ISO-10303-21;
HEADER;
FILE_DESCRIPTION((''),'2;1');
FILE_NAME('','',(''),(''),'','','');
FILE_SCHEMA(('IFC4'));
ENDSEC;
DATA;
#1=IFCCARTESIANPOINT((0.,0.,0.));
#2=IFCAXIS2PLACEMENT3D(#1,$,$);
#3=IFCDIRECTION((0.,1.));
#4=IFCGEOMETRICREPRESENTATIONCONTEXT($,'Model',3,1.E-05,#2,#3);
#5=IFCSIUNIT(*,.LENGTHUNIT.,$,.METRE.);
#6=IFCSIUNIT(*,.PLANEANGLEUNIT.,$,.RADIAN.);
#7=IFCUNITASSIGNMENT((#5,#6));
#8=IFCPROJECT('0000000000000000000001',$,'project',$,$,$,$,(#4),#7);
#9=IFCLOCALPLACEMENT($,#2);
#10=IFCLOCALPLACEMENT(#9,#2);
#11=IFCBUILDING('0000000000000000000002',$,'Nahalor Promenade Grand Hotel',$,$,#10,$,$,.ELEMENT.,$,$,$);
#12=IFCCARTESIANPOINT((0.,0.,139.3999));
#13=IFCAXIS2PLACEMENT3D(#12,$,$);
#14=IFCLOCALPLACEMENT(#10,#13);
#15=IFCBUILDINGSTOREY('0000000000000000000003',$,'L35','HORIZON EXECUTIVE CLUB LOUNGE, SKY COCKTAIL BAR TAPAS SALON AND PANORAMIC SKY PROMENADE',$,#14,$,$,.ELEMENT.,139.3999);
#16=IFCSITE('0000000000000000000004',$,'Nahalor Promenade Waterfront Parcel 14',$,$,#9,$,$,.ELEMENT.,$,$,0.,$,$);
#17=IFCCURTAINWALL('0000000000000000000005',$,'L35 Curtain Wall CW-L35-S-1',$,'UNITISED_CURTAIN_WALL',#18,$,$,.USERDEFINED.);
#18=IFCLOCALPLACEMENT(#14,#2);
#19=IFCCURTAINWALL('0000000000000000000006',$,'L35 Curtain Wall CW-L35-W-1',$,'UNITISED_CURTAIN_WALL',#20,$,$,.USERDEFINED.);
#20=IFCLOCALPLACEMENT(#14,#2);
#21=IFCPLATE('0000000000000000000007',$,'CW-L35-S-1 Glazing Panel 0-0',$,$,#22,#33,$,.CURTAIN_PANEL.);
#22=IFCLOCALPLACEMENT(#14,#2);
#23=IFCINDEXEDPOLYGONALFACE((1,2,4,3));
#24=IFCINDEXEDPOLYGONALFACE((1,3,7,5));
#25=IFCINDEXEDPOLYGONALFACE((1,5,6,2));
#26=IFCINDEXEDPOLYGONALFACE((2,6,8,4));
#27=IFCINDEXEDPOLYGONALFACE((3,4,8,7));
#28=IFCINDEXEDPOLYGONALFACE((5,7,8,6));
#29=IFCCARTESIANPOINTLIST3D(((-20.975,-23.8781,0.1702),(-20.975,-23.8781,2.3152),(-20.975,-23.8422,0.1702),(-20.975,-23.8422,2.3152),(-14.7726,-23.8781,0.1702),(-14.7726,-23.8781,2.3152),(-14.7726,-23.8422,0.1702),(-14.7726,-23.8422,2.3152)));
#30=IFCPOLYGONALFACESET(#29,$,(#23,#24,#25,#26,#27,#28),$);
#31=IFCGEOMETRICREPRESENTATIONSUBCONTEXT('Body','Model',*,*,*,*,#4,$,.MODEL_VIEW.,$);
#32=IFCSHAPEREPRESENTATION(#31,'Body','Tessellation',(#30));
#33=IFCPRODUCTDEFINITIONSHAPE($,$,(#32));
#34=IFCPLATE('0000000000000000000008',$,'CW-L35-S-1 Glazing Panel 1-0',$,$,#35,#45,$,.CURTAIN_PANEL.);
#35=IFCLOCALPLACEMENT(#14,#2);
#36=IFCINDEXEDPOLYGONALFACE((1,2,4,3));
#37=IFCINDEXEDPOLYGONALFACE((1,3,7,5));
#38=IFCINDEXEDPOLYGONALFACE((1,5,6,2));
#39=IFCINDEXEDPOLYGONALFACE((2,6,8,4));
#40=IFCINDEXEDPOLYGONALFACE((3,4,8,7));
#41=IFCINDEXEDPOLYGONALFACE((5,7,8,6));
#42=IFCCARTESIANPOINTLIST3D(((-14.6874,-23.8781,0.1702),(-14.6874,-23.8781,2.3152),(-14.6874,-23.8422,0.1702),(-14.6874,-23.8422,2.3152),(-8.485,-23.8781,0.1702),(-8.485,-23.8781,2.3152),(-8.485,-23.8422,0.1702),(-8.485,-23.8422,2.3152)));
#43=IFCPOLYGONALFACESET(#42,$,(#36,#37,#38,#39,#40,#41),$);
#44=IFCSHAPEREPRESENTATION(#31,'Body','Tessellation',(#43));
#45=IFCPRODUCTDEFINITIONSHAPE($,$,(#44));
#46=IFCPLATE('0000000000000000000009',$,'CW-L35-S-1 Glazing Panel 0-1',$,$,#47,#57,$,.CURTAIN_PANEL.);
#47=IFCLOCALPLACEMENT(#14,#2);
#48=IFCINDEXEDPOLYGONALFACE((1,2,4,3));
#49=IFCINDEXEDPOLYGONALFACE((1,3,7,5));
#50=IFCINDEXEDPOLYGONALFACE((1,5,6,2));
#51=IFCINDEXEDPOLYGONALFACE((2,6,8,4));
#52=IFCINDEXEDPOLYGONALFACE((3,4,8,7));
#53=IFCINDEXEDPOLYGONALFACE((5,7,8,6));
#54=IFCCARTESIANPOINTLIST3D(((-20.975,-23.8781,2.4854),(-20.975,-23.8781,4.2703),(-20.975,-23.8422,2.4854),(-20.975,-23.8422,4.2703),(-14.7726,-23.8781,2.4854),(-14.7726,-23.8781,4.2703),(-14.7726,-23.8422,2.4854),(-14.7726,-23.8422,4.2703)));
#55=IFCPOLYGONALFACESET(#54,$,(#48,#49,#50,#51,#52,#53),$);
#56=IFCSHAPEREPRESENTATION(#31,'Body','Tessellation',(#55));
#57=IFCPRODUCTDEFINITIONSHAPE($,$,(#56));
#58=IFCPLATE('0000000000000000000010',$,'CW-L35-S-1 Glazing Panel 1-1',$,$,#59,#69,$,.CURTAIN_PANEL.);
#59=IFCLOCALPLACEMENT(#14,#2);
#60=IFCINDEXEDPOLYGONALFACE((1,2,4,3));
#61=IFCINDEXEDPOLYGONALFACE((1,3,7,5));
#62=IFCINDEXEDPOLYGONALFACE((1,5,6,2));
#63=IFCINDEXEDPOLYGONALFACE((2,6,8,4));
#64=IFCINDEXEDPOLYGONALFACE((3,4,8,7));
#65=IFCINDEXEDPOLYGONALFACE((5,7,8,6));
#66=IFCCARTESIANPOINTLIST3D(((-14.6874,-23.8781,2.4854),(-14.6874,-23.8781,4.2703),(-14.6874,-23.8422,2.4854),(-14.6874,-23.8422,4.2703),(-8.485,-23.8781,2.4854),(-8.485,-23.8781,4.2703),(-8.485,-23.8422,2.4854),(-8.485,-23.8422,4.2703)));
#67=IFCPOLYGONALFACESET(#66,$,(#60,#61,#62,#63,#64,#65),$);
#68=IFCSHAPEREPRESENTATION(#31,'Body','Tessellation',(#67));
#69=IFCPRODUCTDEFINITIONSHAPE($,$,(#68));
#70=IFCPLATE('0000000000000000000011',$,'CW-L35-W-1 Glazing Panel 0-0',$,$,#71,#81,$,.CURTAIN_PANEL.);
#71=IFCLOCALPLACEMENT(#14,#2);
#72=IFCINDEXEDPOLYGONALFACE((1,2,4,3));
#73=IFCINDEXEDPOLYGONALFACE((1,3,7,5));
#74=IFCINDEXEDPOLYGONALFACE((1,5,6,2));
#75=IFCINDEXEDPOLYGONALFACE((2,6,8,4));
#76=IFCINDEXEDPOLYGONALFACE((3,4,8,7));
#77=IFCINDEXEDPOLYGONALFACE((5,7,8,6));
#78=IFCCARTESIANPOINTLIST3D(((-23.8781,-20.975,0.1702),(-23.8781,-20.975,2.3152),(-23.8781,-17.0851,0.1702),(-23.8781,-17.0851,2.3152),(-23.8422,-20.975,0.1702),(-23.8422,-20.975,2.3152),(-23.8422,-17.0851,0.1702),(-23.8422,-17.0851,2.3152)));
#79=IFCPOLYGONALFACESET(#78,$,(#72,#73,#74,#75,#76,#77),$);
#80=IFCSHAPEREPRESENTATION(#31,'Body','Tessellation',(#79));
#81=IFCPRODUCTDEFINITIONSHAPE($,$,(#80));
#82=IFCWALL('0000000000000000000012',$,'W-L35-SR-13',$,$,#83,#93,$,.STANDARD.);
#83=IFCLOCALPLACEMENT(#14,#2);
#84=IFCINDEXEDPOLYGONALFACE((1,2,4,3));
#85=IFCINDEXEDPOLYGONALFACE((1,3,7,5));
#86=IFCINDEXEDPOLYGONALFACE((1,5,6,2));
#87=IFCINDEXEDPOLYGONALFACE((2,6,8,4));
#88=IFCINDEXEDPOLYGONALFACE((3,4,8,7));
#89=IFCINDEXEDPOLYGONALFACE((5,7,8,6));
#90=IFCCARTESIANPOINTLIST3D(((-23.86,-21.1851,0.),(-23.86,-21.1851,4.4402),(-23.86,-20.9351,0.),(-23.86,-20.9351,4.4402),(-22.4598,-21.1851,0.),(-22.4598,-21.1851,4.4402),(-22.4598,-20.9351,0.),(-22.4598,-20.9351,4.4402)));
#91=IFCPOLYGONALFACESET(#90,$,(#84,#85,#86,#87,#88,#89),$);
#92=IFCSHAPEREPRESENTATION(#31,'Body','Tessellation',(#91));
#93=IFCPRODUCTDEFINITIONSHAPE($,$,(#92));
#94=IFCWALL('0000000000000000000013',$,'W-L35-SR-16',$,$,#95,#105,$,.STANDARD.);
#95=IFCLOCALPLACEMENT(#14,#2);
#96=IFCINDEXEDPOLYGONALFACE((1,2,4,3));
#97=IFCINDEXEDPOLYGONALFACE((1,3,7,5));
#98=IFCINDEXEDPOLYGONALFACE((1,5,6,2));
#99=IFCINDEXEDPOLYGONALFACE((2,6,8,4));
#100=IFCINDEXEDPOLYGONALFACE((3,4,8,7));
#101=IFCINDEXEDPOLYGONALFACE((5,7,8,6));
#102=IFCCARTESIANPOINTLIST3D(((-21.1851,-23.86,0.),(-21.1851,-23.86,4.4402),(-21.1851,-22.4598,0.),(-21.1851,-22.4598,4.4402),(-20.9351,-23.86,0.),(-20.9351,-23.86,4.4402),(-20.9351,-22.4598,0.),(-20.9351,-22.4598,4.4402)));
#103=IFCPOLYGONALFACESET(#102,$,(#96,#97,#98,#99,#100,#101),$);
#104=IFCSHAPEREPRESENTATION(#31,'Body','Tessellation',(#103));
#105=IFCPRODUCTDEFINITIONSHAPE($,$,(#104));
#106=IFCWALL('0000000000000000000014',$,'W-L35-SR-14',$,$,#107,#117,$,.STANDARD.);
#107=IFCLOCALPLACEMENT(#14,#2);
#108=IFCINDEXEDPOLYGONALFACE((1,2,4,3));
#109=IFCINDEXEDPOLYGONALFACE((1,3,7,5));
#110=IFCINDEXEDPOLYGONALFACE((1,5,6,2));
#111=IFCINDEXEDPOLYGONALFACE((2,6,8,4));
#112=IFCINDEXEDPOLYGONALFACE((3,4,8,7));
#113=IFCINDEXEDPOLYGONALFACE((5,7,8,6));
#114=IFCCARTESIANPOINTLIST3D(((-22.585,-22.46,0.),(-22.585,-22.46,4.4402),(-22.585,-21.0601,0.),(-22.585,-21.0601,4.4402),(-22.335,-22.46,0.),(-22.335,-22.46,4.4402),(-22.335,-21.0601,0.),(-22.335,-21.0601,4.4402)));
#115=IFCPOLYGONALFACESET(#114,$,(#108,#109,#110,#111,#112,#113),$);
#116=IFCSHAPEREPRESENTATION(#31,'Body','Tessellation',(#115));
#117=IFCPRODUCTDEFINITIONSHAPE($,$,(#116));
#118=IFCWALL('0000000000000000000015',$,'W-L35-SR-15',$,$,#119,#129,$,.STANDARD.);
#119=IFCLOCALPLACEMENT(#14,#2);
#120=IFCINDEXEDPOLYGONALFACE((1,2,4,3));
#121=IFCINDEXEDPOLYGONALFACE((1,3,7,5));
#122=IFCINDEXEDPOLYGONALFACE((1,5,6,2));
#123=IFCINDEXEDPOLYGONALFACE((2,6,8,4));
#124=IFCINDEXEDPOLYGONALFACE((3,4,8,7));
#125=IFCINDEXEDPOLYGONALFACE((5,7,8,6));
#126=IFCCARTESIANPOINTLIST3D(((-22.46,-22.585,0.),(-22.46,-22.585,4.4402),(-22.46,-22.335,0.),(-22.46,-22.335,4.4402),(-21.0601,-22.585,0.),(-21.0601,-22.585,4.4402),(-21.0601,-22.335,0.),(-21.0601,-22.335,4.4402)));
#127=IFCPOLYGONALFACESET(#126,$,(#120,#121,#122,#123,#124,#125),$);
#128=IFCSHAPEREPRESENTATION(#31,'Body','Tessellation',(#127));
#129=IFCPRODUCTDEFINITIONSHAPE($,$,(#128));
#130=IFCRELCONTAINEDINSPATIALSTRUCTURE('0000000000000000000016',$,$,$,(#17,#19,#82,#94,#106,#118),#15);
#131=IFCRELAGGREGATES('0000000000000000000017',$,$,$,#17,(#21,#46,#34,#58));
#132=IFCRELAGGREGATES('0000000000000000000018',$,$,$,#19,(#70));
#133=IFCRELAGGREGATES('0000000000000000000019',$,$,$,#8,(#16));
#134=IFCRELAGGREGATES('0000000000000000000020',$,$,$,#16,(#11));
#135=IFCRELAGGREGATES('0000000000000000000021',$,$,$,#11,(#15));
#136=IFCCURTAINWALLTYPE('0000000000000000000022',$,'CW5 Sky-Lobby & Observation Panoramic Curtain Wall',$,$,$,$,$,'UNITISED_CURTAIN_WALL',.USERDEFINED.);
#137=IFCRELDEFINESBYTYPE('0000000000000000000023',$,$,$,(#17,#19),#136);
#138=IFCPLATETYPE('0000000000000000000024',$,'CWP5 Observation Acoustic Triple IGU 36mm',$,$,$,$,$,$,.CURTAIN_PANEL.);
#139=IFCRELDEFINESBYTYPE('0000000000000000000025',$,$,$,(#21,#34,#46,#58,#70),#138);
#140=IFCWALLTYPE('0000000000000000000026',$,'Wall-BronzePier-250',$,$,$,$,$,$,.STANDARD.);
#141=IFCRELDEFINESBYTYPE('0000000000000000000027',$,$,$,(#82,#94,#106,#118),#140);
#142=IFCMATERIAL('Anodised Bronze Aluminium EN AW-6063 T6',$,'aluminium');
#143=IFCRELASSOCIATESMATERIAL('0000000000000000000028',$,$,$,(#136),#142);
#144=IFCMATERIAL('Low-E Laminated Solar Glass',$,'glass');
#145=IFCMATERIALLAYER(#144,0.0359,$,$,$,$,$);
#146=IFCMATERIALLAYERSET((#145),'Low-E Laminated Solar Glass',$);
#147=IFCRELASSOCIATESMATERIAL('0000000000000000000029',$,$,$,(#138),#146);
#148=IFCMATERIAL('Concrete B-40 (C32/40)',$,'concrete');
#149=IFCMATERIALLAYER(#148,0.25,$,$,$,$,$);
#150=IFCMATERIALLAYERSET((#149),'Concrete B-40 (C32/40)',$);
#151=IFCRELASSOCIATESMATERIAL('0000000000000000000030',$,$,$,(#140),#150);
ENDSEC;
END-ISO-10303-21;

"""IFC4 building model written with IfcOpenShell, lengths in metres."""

from ifc_helpers import new_model, si_unit, direction, frame, frame_2d, origin, origin_2d, place, context, subcontext, project, spatial, rectangle, extrude, source, transform, mapped, material, layer, layer_set, type_object, element, aggregate, save


model = new_model("IFC4")

# Units and contexts
model_context = context("Model", 3, precision=1e-05, world=origin(), true_north=direction((0.0, 1.0)))
body_context = subcontext(model_context, "Body", "Model", "MODEL_VIEW")
ifc_project = project(units=[si_unit("LENGTHUNIT", "METRE"), si_unit("PLANEANGLEUNIT", "RADIAN")], contexts=[model_context])

# Site, building, storey
site_placement = place(None, origin())
site = spatial("IfcSite", under=ifc_project, at=site_placement, Name="Nahalor Promenade Waterfront Parcel 14", CompositionType="ELEMENT", RefElevation=0.0)
building_placement = place(site_placement, origin())
building = spatial("IfcBuilding", under=site, at=building_placement, Name="Nahalor Promenade Grand Hotel", CompositionType="ELEMENT")
storey_placement = place(building_placement, frame((0.0, 0.0, 139.3999)))
storey = spatial("IfcBuildingStorey", under=building, at=storey_placement, Name="L35", Description="HORIZON EXECUTIVE CLUB LOUNGE, SKY COCKTAIL BAR TAPAS SALON AND PANORAMIC SKY PROMENADE", CompositionType="ELEMENT", Elevation=139.3999)

# Curtain wall
ifc_material_1 = material(Name="Anodised Bronze Aluminium EN AW-6063 T6", Category="aluminium")
curtain_wall_type = type_object("IfcCurtainWallType", Name="CW5 Sky-Lobby & Observation Panoramic Curtain Wall", ElementType="UNITISED_CURTAIN_WALL", PredefinedType="USERDEFINED", material=ifc_material_1)
curtain_wall_1_placement = place(storey_placement, origin())
curtain_wall_1 = element("IfcCurtainWall", 1, at=curtain_wall_1_placement, inside=storey, type_object=curtain_wall_type, Name="L35 Curtain Wall CW-L35-S-1", ObjectType="UNITISED_CURTAIN_WALL", PredefinedType="USERDEFINED")

# Curtain wall
curtain_wall_2_placement = place(storey_placement, origin())
curtain_wall_2 = element("IfcCurtainWall", 2, at=curtain_wall_2_placement, inside=storey, type_object=curtain_wall_type, Name="L35 Curtain Wall CW-L35-W-1", ObjectType="UNITISED_CURTAIN_WALL", PredefinedType="USERDEFINED")

# Plates
ifc_material_2 = material(Name="Low-E Laminated Solar Glass", Category="glass")
ifc_layer_1 = layer(ifc_material_2, 0.0359)
ifc_layer_set_1 = layer_set([ifc_layer_1], Name="Low-E Laminated Solar Glass")
plate_type = type_object("IfcPlateType", Name="CWP5 Observation Acoustic Triple IGU 36mm", PredefinedType="CURTAIN_PANEL", material=ifc_layer_set_1)
shared_shape_1 = source(origin(), body_context, "Body", "SweptSolid", [
    extrude(rectangle(XDim=6.2024, YDim=0.0359, at=origin_2d()), origin(), (0.0, 0.0, 1.0), 2.145),
])
plate_1_placement = place(storey_placement, frame((-17.8738, -23.8601, 0.1702), z_axis=(0.0, 0.0, 1.0), x_axis=(1.0, 0.0, 0.0)))
plate_1 = element("IfcPlate", 3, at=plate_1_placement, type_object=plate_type, Name="CW-L35-S-1 Glazing Panel 0-0", PredefinedType="CURTAIN_PANEL", context=body_context, shape_type="MappedRepresentation", body=[
    mapped(shared_shape_1, transform((0.0, 0.0, 0.0), scale=1.0)),
])
plate_2_placement = place(storey_placement, frame((-11.5862, -23.8601, 0.1702), z_axis=(0.0, 0.0, 1.0), x_axis=(1.0, 0.0, 0.0)))
plate_2 = element("IfcPlate", 4, at=plate_2_placement, type_object=plate_type, Name="CW-L35-S-1 Glazing Panel 1-0", PredefinedType="CURTAIN_PANEL", context=body_context, shape_type="MappedRepresentation", body=[
    mapped(shared_shape_1, transform((0.0, 0.0, 0.0), scale=1.0)),
])
shared_shape_2 = source(origin(), body_context, "Body", "SweptSolid", [
    extrude(rectangle(XDim=6.2024, YDim=0.0359, at=origin_2d()), origin(), (0.0, 0.0, 1.0), 1.7849),
])
plate_3_placement = place(storey_placement, frame((-17.8738, -23.8601, 2.4854), z_axis=(0.0, 0.0, 1.0), x_axis=(1.0, 0.0, 0.0)))
plate_3 = element("IfcPlate", 5, at=plate_3_placement, type_object=plate_type, Name="CW-L35-S-1 Glazing Panel 0-1", PredefinedType="CURTAIN_PANEL", context=body_context, shape_type="MappedRepresentation", body=[
    mapped(shared_shape_2, transform((0.0, 0.0, 0.0), scale=1.0)),
])
plate_4_placement = place(storey_placement, frame((-11.5862, -23.8601, 2.4854), z_axis=(0.0, 0.0, 1.0), x_axis=(1.0, 0.0, 0.0)))
plate_4 = element("IfcPlate", 6, at=plate_4_placement, type_object=plate_type, Name="CW-L35-S-1 Glazing Panel 1-1", PredefinedType="CURTAIN_PANEL", context=body_context, shape_type="MappedRepresentation", body=[
    mapped(shared_shape_2, transform((0.0, 0.0, 0.0), scale=1.0)),
])
aggregate(curtain_wall_1, [plate_1, plate_3, plate_2, plate_4])
shared_shape_3 = source(origin(), body_context, "Body", "SweptSolid", [
    extrude(rectangle(XDim=3.8899, YDim=0.0359, at=origin_2d()), origin(), (0.0, 0.0, 1.0), 2.145),
])
plate_5_placement = place(storey_placement, frame((-23.8601, -19.03, 0.1702), z_axis=(0.0, 0.0, 1.0), x_axis=(0.0, 1.0, 0.0)))
plate_5 = element("IfcPlate", 7, at=plate_5_placement, type_object=plate_type, Name="CW-L35-W-1 Glazing Panel 0-0", PredefinedType="CURTAIN_PANEL", context=body_context, shape_type="MappedRepresentation", body=[
    mapped(shared_shape_3, transform((0.0, 0.0, 0.0), scale=1.0)),
])
aggregate(curtain_wall_2, [plate_5])

# Walls
ifc_material_3 = material(Name="Concrete B-40 (C32/40)", Category="concrete")
ifc_layer_2 = layer(ifc_material_3, 0.25)
ifc_layer_set_2 = layer_set([ifc_layer_2], Name="Concrete B-40 (C32/40)")
wall_type = type_object("IfcWallType", Name="Wall-BronzePier-250", PredefinedType="STANDARD", material=ifc_layer_set_2)
shared_shape_4 = source(origin(), body_context, "Body", "SweptSolid", [
    extrude(rectangle(XDim=1.4001, YDim=0.25, at=frame_2d((0.7002, 0.0))), origin(), (0.0, 0.0, 1.0), 4.4402),
])
for number, where, z_axis, x_axis, name in (
    (8, (-23.8601, -21.0601, 0.0), (0.0, 0.0, 1.0), (1.0, 0.0, 0.0), "W-L35-SR-13"),
    (9, (-21.0601, -23.8601, 0.0), (0.0, 0.0, 1.0), (0.0, 1.0, 0.0), "W-L35-SR-16"),
):
    element("IfcWall", number, at=place(storey_placement, frame(where, z_axis=z_axis, x_axis=x_axis)), inside=storey, type_object=wall_type, Name=name, PredefinedType="STANDARD", context=body_context, shape_type="MappedRepresentation", body=[
        mapped(shared_shape_4, transform((0.0, 0.0, 0.0), scale=1.0)),
    ])
shared_shape_5 = source(origin(), body_context, "Body", "SweptSolid", [
    extrude(rectangle(XDim=1.3999, YDim=0.25, at=frame_2d((0.7, 0.0))), origin(), (0.0, 0.0, 1.0), 4.4402),
])
for number, where, z_axis, x_axis, name in (
    (10, (-22.46, -22.46, 0.0), (0.0, 0.0, 1.0), (0.0, 1.0, 0.0), "W-L35-SR-14"),
    (11, (-22.46, -22.46, 0.0), (0.0, 0.0, 1.0), (1.0, 0.0, 0.0), "W-L35-SR-15"),
):
    element("IfcWall", number, at=place(storey_placement, frame(where, z_axis=z_axis, x_axis=x_axis)), inside=storey, type_object=wall_type, Name=name, PredefinedType="STANDARD", context=body_context, shape_type="MappedRepresentation", body=[
        mapped(shared_shape_5, transform((0.0, 0.0, 0.0), scale=1.0)),
    ])

save(model, "model.ifc")
